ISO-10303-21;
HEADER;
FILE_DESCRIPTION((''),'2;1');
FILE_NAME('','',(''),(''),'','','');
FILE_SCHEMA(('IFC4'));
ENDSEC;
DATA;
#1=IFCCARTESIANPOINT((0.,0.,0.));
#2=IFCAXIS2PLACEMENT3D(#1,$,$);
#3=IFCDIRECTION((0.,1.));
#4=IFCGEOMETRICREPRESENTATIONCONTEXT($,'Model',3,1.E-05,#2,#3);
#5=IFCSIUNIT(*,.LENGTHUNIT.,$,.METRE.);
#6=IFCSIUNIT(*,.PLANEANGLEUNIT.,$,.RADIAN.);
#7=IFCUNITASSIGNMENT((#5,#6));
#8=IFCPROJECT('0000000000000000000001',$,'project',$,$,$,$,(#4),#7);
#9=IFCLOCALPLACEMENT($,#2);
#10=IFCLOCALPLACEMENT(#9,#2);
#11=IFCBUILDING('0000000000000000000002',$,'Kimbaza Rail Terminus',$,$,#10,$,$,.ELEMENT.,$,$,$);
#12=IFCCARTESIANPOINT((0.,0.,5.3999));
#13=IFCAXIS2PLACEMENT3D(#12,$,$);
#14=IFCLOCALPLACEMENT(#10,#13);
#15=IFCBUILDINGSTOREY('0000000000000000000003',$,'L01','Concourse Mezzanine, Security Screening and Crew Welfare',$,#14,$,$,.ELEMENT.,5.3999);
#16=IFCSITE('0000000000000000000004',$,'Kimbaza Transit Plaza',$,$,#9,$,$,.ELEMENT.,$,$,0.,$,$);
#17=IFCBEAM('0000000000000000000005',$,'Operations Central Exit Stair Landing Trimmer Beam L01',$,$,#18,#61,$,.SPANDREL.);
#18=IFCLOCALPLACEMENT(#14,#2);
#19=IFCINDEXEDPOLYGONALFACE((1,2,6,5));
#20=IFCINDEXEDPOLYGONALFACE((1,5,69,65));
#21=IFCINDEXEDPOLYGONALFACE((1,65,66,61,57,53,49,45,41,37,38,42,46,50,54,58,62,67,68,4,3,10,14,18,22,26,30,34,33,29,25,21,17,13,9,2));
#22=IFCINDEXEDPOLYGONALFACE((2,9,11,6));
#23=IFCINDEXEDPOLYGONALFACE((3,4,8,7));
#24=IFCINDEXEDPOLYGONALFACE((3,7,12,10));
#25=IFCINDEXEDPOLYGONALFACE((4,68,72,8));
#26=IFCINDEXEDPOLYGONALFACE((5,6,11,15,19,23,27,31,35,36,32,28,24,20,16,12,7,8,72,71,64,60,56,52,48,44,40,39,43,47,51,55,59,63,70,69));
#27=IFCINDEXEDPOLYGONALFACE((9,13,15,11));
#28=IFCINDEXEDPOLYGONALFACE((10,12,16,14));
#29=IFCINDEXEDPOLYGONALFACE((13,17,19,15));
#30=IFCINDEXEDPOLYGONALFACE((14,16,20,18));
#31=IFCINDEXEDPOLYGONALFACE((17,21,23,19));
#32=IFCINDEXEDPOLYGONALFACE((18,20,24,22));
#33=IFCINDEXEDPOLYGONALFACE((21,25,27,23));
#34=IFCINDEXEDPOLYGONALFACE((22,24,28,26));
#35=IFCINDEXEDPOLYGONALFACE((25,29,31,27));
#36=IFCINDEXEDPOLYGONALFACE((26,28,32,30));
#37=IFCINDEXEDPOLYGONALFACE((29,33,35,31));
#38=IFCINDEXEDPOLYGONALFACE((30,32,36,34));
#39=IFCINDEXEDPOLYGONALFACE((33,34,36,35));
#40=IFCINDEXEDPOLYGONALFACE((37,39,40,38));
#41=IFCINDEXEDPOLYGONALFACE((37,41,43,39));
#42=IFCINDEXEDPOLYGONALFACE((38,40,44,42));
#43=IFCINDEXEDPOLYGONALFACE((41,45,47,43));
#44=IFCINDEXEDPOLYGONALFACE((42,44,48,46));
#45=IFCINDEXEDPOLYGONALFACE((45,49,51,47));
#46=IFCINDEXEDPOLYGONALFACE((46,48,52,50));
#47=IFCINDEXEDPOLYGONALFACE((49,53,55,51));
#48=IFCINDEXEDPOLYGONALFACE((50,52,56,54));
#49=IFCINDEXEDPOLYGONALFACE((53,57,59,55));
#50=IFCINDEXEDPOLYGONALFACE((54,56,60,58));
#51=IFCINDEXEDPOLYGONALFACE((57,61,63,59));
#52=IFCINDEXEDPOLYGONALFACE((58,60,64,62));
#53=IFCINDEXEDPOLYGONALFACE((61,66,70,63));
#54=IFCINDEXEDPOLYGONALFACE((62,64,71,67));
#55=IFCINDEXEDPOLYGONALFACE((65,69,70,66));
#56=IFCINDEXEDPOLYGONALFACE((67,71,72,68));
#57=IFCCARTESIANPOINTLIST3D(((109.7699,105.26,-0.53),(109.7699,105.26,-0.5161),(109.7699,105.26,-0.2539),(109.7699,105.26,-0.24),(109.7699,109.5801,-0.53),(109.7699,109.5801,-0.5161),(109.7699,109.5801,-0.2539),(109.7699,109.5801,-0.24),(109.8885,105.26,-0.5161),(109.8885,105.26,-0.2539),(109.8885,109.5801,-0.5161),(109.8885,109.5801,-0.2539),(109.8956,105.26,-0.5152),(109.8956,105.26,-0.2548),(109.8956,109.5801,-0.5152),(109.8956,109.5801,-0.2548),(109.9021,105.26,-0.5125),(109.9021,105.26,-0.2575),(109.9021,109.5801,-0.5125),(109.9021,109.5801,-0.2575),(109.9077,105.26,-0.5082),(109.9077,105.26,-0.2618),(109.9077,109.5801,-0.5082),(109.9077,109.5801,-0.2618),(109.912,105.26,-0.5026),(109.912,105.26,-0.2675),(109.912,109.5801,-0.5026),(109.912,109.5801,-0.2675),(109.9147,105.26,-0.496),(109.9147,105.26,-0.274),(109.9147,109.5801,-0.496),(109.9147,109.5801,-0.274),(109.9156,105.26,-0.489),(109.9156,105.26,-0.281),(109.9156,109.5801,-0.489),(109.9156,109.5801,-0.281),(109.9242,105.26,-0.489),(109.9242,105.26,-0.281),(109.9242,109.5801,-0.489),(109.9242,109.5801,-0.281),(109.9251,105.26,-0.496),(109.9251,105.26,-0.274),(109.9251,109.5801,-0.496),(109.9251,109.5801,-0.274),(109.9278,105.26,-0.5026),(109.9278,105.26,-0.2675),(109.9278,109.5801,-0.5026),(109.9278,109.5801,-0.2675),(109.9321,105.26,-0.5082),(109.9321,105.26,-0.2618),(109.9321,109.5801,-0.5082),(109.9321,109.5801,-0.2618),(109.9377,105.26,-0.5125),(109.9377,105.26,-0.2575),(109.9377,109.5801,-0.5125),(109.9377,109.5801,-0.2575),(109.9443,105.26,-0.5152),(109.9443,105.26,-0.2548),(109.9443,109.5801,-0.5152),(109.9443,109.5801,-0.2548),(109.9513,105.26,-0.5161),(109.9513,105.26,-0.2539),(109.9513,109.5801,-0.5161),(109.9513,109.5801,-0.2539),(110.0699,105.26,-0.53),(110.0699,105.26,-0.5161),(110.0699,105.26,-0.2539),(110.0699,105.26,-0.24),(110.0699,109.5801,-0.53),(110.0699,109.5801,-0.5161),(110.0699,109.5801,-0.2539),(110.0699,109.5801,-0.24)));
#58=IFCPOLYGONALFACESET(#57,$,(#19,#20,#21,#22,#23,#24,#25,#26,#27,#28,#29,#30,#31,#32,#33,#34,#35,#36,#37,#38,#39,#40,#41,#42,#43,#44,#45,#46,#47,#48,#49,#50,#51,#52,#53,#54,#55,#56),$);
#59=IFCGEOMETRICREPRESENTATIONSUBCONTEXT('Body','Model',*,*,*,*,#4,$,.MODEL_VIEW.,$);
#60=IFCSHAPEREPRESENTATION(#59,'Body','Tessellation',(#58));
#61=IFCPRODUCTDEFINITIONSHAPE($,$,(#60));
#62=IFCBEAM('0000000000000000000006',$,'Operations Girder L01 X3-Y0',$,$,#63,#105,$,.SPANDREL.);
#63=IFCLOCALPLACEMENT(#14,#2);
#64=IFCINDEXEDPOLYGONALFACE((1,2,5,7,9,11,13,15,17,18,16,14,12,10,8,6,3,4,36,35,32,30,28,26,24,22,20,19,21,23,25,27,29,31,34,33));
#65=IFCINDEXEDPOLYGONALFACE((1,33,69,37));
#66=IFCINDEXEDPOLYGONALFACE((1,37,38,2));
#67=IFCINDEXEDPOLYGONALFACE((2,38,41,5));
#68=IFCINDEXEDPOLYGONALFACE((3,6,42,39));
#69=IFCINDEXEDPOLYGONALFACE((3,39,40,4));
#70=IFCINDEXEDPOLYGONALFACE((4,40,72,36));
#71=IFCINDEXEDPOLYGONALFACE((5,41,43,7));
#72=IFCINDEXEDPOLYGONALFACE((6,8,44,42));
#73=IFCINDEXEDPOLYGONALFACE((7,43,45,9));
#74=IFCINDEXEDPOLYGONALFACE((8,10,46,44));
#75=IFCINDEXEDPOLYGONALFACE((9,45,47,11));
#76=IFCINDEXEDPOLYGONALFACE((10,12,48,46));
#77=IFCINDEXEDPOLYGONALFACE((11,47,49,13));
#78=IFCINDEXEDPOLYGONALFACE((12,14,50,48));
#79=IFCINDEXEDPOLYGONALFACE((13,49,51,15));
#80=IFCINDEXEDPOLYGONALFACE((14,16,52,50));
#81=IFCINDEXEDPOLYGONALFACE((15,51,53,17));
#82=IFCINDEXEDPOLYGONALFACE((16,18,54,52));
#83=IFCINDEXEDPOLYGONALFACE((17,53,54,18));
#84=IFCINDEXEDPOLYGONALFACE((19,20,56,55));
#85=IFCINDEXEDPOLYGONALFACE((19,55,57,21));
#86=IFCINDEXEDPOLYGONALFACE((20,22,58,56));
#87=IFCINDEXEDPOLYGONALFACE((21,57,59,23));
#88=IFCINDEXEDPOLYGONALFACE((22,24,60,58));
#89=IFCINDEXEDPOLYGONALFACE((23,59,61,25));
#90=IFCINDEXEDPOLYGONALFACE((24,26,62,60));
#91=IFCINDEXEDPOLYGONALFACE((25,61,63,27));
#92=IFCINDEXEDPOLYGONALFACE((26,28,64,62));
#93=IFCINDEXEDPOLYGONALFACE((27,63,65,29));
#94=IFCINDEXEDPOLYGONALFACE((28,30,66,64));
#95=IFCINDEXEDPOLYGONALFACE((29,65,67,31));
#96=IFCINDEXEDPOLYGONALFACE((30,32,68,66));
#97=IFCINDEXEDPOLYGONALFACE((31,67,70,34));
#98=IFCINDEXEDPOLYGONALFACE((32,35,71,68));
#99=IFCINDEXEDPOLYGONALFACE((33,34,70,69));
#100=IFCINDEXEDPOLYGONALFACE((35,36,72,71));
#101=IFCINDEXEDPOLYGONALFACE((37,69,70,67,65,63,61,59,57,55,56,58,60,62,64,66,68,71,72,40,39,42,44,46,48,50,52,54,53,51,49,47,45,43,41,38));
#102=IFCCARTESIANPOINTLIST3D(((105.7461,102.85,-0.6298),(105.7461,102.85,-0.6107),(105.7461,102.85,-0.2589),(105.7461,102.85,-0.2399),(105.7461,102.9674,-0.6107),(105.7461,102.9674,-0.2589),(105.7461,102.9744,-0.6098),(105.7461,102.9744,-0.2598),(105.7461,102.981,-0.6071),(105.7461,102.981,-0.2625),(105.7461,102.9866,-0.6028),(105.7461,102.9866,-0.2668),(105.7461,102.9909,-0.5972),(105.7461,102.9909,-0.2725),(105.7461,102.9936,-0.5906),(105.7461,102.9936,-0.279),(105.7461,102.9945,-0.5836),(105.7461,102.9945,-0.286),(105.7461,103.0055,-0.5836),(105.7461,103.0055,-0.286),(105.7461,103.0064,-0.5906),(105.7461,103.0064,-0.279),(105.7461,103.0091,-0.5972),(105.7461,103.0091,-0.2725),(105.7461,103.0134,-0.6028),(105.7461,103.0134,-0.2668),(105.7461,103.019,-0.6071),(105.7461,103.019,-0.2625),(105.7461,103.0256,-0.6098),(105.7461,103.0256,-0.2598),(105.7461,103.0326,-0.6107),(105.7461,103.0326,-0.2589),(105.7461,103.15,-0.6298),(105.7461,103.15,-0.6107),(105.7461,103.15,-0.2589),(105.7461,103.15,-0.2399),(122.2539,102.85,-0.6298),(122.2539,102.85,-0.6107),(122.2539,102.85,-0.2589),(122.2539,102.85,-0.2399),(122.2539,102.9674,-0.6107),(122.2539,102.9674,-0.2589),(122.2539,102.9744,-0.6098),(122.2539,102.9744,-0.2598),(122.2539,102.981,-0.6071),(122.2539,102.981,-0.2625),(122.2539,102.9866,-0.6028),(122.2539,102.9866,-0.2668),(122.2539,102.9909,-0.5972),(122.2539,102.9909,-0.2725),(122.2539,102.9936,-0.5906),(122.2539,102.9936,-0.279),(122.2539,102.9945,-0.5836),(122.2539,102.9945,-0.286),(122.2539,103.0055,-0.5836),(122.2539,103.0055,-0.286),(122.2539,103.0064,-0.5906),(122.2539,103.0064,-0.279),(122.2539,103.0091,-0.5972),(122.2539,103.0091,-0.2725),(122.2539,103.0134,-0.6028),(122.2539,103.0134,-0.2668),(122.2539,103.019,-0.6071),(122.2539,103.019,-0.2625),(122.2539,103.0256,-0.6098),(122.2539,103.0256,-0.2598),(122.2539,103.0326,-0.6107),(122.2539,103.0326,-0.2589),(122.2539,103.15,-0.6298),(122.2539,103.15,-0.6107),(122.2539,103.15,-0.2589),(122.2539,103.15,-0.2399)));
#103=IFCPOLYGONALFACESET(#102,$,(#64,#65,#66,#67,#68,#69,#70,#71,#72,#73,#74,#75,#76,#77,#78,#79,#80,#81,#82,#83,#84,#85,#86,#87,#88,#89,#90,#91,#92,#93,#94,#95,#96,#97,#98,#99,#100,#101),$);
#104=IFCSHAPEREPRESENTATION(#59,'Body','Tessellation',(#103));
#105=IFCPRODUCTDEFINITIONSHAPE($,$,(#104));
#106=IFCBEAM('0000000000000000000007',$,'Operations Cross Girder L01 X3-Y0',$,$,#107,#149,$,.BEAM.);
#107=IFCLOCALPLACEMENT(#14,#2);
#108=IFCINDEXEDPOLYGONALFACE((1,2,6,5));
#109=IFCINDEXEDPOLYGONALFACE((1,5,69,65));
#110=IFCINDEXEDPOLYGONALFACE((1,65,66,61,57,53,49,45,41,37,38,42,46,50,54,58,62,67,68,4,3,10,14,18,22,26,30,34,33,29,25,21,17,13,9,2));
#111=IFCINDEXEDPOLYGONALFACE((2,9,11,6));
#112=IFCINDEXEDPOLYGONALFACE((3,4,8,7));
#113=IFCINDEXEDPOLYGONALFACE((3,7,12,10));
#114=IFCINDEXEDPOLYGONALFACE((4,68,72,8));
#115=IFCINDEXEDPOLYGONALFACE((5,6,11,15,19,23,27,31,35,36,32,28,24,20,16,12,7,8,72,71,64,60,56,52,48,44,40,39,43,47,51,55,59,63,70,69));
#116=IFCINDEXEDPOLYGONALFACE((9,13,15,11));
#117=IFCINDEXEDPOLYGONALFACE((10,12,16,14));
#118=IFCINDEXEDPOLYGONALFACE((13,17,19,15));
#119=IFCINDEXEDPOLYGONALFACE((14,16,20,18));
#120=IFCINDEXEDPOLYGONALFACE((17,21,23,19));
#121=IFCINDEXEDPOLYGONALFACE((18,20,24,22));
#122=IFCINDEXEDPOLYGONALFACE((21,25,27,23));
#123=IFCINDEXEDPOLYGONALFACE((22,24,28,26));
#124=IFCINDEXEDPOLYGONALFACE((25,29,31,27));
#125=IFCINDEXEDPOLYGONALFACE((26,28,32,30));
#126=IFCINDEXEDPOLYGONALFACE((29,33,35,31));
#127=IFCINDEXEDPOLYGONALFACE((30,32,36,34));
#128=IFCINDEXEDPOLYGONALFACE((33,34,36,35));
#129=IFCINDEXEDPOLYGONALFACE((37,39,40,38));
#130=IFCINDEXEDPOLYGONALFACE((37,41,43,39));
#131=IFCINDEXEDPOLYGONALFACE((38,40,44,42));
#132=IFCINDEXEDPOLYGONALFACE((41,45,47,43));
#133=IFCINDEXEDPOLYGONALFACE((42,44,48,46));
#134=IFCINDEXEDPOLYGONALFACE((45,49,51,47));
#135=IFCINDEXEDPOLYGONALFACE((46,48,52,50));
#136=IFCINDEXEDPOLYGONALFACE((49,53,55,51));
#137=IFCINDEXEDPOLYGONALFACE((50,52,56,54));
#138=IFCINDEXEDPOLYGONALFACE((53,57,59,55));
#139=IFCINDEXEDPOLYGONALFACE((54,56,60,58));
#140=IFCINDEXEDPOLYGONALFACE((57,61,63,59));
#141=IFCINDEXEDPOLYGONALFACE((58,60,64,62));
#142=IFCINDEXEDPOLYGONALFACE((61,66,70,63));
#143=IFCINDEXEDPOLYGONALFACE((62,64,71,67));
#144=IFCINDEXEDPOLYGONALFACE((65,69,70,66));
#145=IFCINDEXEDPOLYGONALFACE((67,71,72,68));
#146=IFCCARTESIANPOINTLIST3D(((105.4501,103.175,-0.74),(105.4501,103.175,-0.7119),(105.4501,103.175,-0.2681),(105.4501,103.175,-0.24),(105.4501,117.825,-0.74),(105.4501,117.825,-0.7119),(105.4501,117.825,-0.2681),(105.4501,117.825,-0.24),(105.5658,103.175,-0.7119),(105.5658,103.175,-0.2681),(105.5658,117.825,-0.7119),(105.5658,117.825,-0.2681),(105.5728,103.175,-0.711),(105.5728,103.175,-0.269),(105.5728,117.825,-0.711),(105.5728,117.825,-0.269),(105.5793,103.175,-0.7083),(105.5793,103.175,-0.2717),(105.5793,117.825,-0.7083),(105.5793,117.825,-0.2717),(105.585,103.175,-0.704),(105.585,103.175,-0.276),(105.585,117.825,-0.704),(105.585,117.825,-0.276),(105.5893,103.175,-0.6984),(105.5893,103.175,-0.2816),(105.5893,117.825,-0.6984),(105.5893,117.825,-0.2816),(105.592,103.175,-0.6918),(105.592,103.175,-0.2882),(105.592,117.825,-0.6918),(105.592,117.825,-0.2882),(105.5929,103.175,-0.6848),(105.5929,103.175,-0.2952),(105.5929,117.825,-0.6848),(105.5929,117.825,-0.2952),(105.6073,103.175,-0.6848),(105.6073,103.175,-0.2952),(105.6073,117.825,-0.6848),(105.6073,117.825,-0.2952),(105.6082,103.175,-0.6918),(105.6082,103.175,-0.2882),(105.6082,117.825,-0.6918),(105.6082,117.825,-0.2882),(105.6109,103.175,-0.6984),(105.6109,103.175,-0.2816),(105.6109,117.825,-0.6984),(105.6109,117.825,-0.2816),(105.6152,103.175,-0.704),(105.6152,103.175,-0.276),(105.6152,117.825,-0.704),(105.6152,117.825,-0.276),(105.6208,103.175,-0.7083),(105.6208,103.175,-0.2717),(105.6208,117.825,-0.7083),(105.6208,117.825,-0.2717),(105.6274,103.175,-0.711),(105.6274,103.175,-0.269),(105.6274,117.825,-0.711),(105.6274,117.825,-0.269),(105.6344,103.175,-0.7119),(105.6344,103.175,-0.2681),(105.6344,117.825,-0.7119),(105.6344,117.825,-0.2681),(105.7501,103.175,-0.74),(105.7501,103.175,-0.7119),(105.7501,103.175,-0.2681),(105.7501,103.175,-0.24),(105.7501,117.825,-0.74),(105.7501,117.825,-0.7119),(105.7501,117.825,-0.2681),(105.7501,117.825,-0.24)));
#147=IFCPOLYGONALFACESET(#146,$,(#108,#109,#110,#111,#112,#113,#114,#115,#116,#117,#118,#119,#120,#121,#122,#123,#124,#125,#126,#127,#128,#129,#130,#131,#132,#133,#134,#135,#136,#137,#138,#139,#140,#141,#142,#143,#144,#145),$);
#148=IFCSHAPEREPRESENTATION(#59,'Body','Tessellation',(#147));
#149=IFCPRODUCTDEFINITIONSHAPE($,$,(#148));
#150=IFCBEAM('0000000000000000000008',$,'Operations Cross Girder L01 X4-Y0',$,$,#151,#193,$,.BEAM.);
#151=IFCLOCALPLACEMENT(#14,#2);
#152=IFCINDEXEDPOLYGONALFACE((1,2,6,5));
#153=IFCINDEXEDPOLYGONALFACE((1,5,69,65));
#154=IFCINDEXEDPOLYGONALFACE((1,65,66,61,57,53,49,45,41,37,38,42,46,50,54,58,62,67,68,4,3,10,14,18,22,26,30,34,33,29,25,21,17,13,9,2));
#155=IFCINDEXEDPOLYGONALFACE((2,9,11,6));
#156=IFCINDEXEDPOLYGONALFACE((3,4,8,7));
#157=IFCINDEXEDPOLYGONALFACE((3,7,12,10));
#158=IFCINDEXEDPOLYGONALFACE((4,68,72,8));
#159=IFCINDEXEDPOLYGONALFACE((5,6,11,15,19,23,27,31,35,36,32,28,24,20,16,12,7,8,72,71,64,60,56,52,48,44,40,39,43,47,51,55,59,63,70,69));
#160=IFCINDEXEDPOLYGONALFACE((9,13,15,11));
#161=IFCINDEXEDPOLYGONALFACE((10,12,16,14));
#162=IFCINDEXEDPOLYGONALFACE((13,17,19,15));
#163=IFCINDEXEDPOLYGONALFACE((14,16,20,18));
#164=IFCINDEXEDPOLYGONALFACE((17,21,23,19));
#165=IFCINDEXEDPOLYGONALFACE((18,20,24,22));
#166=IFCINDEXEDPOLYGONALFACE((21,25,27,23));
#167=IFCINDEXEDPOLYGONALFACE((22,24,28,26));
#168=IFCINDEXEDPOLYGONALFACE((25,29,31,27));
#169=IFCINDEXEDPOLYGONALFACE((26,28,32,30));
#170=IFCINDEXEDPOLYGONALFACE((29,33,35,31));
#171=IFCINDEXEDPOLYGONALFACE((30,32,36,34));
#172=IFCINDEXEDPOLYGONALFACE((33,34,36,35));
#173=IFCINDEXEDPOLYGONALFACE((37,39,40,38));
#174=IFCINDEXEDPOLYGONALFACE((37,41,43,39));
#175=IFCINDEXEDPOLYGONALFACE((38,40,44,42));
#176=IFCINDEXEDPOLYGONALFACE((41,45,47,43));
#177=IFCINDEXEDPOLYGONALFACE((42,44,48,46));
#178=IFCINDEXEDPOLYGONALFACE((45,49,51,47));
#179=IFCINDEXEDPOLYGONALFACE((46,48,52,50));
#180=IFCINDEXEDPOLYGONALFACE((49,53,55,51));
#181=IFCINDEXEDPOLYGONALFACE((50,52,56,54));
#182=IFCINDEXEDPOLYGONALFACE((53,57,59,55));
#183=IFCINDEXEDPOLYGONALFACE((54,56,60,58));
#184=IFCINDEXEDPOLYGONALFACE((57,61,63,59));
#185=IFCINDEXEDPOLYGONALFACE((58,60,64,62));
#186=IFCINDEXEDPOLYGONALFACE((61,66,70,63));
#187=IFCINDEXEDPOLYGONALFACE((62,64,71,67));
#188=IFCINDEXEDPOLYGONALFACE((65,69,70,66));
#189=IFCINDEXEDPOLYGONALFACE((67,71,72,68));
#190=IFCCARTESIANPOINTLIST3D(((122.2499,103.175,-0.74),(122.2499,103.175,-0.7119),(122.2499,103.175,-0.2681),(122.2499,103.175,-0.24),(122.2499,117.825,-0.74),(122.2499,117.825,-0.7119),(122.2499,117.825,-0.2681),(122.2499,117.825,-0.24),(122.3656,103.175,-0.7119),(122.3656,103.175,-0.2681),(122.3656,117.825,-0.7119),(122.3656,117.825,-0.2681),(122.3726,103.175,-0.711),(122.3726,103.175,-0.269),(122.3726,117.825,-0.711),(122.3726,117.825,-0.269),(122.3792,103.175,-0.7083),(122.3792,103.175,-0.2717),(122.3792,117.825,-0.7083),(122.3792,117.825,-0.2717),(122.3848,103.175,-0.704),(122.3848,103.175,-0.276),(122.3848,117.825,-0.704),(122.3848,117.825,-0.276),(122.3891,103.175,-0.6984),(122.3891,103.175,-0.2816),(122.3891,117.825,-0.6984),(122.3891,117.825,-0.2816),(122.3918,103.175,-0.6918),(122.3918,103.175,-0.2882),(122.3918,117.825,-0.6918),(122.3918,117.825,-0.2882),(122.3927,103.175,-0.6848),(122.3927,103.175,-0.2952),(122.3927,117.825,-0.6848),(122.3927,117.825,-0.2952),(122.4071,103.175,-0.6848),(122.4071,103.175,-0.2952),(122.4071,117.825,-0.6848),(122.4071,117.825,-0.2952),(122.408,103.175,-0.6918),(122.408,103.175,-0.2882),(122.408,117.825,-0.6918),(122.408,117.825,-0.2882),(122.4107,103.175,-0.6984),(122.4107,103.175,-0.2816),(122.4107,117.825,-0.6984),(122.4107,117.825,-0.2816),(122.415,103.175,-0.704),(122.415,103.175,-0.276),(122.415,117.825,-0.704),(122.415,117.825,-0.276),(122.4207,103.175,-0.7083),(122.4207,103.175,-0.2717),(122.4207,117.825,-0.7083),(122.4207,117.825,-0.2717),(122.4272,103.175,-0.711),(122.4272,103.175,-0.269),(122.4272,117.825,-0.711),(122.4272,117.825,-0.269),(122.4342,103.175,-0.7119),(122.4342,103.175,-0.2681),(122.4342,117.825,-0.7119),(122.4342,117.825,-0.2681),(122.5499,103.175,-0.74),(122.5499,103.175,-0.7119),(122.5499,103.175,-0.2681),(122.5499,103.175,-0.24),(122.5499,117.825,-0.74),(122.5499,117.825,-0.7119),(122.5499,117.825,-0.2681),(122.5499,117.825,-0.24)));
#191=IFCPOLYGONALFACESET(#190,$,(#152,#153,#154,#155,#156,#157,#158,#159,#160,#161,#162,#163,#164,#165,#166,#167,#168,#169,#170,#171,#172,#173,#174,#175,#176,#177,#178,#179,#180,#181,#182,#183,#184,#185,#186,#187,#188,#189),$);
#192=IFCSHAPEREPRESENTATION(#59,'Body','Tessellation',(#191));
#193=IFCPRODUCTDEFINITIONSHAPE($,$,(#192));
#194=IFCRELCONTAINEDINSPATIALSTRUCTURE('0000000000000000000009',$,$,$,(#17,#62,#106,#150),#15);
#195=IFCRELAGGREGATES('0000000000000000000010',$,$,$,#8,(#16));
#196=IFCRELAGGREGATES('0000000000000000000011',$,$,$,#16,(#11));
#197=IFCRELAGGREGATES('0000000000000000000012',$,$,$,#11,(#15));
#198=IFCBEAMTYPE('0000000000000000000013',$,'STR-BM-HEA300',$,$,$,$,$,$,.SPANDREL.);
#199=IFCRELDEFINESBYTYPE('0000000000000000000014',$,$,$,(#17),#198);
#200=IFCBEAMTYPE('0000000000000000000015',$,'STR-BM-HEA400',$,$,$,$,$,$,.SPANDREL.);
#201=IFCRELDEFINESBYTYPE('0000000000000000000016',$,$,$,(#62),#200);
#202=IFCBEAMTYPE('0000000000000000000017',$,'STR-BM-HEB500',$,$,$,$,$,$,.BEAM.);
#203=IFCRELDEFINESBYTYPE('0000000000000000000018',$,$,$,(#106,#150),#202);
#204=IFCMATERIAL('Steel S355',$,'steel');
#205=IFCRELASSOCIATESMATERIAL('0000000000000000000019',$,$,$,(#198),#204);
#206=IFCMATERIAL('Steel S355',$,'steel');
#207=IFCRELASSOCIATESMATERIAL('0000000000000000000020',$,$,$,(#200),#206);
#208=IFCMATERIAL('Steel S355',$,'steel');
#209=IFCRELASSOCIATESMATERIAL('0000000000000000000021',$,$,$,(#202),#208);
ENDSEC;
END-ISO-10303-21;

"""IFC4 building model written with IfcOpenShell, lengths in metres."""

from ifc_helpers import new_model, si_unit, direction, frame, origin, origin_2d, place, context, subcontext, project, spatial, i_section, extrude, material, material_profile, profile_set, type_object, element, save


model = new_model("IFC4")

# Units and contexts
model_context = context("Model", 3, precision=1e-05, world=origin(), true_north=direction((0.0, 1.0)))
body_context = subcontext(model_context, "Body", "Model", "MODEL_VIEW")
ifc_project = project(units=[si_unit("LENGTHUNIT", "METRE"), si_unit("PLANEANGLEUNIT", "RADIAN")], contexts=[model_context])

# Site, building, storey
site_placement = place(None, origin())
site = spatial("IfcSite", under=ifc_project, at=site_placement, Name="Kimbaza Transit Plaza", CompositionType="ELEMENT", RefElevation=0.0)
building_placement = place(site_placement, origin())
building = spatial("IfcBuilding", under=site, at=building_placement, Name="Kimbaza Rail Terminus", CompositionType="ELEMENT")
storey_placement = place(building_placement, frame((0.0, 0.0, 5.3999)))
storey = spatial("IfcBuildingStorey", under=building, at=storey_placement, Name="L01", Description="Concourse Mezzanine, Security Screening and Crew Welfare", CompositionType="ELEMENT", Elevation=5.3999)

# Beams
ifc_material_1 = material(Name="Steel S355", Category="steel")
ifc_material_profile_1 = material_profile(ifc_material_1, i_section(OverallWidth=0.3, OverallDepth=0.29, WebThickness=0.0085, FlangeThickness=0.0139, FilletRadius=0.0271, at=origin_2d()), Name="HEA 300")
ifc_profile_set_1 = profile_set([ifc_material_profile_1], Name="Steel S355")
beam_type_1 = type_object("IfcBeamType", Name="STR-BM-HEA300", PredefinedType="SPANDREL", material=ifc_profile_set_1)
beam_1_placement = place(storey_placement, frame((109.9199, 105.26, -0.385), z_axis=(0.0, 1.0, 0.0), x_axis=(-1.0, 0.0, 0.0)))
element("IfcBeam", 1, at=beam_1_placement, inside=storey, type_object=beam_type_1, Name="Operations Central Exit Stair Landing Trimmer Beam L01", PredefinedType="SPANDREL", context=body_context, shape_type="SweptSolid", body=[
    extrude(i_section(OverallWidth=0.3, OverallDepth=0.29, WebThickness=0.0085, FlangeThickness=0.0139, FilletRadius=0.0271, at=origin_2d()), origin(), (0.0, 0.0, 1.0), 4.3201),
])
ifc_material_2 = material(Name="Steel S355", Category="steel")
ifc_material_profile_2 = material_profile(ifc_material_2, i_section(OverallWidth=0.3, OverallDepth=0.3899, WebThickness=0.011, FlangeThickness=0.019, FilletRadius=0.0271, at=origin_2d()), Name="HEA 400")
ifc_profile_set_2 = profile_set([ifc_material_profile_2], Name="Steel S355")
beam_type_2 = type_object("IfcBeamType", Name="STR-BM-HEA400", PredefinedType="SPANDREL", material=ifc_profile_set_2)
beam_2_placement = place(storey_placement, frame((105.7461, 103.0, -0.4348), z_axis=(1.0, 0.0, 0.0), x_axis=(0.0, 1.0, 0.0)))
element("IfcBeam", 2, at=beam_2_placement, inside=storey, type_object=beam_type_2, Name="Operations Girder L01 X3-Y0", PredefinedType="SPANDREL", context=body_context, shape_type="SweptSolid", body=[
    extrude(i_section(OverallWidth=0.3, OverallDepth=0.3899, WebThickness=0.011, FlangeThickness=0.019, FilletRadius=0.0271, at=origin_2d()), origin(), (0.0, 0.0, 1.0), 16.5078),
])
ifc_material_3 = material(Name="Steel S355", Category="steel")
ifc_material_profile_3 = material_profile(ifc_material_3, i_section(OverallWidth=0.3, OverallDepth=0.5, WebThickness=0.0144, FlangeThickness=0.0281, FilletRadius=0.0271, at=origin_2d()), Name="HEB 500")
ifc_profile_set_3 = profile_set([ifc_material_profile_3], Name="Steel S355")
beam_type_3 = type_object("IfcBeamType", Name="STR-BM-HEB500", PredefinedType="BEAM", material=ifc_profile_set_3)
for number, where, z_axis, x_axis, name in (
    (3, (105.6001, 103.175, -0.49), (0.0, 1.0, 0.0), (-1.0, 0.0, 0.0), "Operations Cross Girder L01 X3-Y0"),
    (4, (122.3999, 103.175, -0.49), (0.0, 1.0, 0.0), (-1.0, 0.0, 0.0), "Operations Cross Girder L01 X4-Y0"),
):
    element("IfcBeam", number, at=place(storey_placement, frame(where, z_axis=z_axis, x_axis=x_axis)), inside=storey, type_object=beam_type_3, Name=name, PredefinedType="BEAM", context=body_context, shape_type="SweptSolid", body=[
        extrude(i_section(OverallWidth=0.3, OverallDepth=0.5, WebThickness=0.0144, FlangeThickness=0.0281, FilletRadius=0.0271, at=origin_2d()), origin(), (0.0, 0.0, 1.0), 14.6499),
    ])

save(model, "model.ifc")
